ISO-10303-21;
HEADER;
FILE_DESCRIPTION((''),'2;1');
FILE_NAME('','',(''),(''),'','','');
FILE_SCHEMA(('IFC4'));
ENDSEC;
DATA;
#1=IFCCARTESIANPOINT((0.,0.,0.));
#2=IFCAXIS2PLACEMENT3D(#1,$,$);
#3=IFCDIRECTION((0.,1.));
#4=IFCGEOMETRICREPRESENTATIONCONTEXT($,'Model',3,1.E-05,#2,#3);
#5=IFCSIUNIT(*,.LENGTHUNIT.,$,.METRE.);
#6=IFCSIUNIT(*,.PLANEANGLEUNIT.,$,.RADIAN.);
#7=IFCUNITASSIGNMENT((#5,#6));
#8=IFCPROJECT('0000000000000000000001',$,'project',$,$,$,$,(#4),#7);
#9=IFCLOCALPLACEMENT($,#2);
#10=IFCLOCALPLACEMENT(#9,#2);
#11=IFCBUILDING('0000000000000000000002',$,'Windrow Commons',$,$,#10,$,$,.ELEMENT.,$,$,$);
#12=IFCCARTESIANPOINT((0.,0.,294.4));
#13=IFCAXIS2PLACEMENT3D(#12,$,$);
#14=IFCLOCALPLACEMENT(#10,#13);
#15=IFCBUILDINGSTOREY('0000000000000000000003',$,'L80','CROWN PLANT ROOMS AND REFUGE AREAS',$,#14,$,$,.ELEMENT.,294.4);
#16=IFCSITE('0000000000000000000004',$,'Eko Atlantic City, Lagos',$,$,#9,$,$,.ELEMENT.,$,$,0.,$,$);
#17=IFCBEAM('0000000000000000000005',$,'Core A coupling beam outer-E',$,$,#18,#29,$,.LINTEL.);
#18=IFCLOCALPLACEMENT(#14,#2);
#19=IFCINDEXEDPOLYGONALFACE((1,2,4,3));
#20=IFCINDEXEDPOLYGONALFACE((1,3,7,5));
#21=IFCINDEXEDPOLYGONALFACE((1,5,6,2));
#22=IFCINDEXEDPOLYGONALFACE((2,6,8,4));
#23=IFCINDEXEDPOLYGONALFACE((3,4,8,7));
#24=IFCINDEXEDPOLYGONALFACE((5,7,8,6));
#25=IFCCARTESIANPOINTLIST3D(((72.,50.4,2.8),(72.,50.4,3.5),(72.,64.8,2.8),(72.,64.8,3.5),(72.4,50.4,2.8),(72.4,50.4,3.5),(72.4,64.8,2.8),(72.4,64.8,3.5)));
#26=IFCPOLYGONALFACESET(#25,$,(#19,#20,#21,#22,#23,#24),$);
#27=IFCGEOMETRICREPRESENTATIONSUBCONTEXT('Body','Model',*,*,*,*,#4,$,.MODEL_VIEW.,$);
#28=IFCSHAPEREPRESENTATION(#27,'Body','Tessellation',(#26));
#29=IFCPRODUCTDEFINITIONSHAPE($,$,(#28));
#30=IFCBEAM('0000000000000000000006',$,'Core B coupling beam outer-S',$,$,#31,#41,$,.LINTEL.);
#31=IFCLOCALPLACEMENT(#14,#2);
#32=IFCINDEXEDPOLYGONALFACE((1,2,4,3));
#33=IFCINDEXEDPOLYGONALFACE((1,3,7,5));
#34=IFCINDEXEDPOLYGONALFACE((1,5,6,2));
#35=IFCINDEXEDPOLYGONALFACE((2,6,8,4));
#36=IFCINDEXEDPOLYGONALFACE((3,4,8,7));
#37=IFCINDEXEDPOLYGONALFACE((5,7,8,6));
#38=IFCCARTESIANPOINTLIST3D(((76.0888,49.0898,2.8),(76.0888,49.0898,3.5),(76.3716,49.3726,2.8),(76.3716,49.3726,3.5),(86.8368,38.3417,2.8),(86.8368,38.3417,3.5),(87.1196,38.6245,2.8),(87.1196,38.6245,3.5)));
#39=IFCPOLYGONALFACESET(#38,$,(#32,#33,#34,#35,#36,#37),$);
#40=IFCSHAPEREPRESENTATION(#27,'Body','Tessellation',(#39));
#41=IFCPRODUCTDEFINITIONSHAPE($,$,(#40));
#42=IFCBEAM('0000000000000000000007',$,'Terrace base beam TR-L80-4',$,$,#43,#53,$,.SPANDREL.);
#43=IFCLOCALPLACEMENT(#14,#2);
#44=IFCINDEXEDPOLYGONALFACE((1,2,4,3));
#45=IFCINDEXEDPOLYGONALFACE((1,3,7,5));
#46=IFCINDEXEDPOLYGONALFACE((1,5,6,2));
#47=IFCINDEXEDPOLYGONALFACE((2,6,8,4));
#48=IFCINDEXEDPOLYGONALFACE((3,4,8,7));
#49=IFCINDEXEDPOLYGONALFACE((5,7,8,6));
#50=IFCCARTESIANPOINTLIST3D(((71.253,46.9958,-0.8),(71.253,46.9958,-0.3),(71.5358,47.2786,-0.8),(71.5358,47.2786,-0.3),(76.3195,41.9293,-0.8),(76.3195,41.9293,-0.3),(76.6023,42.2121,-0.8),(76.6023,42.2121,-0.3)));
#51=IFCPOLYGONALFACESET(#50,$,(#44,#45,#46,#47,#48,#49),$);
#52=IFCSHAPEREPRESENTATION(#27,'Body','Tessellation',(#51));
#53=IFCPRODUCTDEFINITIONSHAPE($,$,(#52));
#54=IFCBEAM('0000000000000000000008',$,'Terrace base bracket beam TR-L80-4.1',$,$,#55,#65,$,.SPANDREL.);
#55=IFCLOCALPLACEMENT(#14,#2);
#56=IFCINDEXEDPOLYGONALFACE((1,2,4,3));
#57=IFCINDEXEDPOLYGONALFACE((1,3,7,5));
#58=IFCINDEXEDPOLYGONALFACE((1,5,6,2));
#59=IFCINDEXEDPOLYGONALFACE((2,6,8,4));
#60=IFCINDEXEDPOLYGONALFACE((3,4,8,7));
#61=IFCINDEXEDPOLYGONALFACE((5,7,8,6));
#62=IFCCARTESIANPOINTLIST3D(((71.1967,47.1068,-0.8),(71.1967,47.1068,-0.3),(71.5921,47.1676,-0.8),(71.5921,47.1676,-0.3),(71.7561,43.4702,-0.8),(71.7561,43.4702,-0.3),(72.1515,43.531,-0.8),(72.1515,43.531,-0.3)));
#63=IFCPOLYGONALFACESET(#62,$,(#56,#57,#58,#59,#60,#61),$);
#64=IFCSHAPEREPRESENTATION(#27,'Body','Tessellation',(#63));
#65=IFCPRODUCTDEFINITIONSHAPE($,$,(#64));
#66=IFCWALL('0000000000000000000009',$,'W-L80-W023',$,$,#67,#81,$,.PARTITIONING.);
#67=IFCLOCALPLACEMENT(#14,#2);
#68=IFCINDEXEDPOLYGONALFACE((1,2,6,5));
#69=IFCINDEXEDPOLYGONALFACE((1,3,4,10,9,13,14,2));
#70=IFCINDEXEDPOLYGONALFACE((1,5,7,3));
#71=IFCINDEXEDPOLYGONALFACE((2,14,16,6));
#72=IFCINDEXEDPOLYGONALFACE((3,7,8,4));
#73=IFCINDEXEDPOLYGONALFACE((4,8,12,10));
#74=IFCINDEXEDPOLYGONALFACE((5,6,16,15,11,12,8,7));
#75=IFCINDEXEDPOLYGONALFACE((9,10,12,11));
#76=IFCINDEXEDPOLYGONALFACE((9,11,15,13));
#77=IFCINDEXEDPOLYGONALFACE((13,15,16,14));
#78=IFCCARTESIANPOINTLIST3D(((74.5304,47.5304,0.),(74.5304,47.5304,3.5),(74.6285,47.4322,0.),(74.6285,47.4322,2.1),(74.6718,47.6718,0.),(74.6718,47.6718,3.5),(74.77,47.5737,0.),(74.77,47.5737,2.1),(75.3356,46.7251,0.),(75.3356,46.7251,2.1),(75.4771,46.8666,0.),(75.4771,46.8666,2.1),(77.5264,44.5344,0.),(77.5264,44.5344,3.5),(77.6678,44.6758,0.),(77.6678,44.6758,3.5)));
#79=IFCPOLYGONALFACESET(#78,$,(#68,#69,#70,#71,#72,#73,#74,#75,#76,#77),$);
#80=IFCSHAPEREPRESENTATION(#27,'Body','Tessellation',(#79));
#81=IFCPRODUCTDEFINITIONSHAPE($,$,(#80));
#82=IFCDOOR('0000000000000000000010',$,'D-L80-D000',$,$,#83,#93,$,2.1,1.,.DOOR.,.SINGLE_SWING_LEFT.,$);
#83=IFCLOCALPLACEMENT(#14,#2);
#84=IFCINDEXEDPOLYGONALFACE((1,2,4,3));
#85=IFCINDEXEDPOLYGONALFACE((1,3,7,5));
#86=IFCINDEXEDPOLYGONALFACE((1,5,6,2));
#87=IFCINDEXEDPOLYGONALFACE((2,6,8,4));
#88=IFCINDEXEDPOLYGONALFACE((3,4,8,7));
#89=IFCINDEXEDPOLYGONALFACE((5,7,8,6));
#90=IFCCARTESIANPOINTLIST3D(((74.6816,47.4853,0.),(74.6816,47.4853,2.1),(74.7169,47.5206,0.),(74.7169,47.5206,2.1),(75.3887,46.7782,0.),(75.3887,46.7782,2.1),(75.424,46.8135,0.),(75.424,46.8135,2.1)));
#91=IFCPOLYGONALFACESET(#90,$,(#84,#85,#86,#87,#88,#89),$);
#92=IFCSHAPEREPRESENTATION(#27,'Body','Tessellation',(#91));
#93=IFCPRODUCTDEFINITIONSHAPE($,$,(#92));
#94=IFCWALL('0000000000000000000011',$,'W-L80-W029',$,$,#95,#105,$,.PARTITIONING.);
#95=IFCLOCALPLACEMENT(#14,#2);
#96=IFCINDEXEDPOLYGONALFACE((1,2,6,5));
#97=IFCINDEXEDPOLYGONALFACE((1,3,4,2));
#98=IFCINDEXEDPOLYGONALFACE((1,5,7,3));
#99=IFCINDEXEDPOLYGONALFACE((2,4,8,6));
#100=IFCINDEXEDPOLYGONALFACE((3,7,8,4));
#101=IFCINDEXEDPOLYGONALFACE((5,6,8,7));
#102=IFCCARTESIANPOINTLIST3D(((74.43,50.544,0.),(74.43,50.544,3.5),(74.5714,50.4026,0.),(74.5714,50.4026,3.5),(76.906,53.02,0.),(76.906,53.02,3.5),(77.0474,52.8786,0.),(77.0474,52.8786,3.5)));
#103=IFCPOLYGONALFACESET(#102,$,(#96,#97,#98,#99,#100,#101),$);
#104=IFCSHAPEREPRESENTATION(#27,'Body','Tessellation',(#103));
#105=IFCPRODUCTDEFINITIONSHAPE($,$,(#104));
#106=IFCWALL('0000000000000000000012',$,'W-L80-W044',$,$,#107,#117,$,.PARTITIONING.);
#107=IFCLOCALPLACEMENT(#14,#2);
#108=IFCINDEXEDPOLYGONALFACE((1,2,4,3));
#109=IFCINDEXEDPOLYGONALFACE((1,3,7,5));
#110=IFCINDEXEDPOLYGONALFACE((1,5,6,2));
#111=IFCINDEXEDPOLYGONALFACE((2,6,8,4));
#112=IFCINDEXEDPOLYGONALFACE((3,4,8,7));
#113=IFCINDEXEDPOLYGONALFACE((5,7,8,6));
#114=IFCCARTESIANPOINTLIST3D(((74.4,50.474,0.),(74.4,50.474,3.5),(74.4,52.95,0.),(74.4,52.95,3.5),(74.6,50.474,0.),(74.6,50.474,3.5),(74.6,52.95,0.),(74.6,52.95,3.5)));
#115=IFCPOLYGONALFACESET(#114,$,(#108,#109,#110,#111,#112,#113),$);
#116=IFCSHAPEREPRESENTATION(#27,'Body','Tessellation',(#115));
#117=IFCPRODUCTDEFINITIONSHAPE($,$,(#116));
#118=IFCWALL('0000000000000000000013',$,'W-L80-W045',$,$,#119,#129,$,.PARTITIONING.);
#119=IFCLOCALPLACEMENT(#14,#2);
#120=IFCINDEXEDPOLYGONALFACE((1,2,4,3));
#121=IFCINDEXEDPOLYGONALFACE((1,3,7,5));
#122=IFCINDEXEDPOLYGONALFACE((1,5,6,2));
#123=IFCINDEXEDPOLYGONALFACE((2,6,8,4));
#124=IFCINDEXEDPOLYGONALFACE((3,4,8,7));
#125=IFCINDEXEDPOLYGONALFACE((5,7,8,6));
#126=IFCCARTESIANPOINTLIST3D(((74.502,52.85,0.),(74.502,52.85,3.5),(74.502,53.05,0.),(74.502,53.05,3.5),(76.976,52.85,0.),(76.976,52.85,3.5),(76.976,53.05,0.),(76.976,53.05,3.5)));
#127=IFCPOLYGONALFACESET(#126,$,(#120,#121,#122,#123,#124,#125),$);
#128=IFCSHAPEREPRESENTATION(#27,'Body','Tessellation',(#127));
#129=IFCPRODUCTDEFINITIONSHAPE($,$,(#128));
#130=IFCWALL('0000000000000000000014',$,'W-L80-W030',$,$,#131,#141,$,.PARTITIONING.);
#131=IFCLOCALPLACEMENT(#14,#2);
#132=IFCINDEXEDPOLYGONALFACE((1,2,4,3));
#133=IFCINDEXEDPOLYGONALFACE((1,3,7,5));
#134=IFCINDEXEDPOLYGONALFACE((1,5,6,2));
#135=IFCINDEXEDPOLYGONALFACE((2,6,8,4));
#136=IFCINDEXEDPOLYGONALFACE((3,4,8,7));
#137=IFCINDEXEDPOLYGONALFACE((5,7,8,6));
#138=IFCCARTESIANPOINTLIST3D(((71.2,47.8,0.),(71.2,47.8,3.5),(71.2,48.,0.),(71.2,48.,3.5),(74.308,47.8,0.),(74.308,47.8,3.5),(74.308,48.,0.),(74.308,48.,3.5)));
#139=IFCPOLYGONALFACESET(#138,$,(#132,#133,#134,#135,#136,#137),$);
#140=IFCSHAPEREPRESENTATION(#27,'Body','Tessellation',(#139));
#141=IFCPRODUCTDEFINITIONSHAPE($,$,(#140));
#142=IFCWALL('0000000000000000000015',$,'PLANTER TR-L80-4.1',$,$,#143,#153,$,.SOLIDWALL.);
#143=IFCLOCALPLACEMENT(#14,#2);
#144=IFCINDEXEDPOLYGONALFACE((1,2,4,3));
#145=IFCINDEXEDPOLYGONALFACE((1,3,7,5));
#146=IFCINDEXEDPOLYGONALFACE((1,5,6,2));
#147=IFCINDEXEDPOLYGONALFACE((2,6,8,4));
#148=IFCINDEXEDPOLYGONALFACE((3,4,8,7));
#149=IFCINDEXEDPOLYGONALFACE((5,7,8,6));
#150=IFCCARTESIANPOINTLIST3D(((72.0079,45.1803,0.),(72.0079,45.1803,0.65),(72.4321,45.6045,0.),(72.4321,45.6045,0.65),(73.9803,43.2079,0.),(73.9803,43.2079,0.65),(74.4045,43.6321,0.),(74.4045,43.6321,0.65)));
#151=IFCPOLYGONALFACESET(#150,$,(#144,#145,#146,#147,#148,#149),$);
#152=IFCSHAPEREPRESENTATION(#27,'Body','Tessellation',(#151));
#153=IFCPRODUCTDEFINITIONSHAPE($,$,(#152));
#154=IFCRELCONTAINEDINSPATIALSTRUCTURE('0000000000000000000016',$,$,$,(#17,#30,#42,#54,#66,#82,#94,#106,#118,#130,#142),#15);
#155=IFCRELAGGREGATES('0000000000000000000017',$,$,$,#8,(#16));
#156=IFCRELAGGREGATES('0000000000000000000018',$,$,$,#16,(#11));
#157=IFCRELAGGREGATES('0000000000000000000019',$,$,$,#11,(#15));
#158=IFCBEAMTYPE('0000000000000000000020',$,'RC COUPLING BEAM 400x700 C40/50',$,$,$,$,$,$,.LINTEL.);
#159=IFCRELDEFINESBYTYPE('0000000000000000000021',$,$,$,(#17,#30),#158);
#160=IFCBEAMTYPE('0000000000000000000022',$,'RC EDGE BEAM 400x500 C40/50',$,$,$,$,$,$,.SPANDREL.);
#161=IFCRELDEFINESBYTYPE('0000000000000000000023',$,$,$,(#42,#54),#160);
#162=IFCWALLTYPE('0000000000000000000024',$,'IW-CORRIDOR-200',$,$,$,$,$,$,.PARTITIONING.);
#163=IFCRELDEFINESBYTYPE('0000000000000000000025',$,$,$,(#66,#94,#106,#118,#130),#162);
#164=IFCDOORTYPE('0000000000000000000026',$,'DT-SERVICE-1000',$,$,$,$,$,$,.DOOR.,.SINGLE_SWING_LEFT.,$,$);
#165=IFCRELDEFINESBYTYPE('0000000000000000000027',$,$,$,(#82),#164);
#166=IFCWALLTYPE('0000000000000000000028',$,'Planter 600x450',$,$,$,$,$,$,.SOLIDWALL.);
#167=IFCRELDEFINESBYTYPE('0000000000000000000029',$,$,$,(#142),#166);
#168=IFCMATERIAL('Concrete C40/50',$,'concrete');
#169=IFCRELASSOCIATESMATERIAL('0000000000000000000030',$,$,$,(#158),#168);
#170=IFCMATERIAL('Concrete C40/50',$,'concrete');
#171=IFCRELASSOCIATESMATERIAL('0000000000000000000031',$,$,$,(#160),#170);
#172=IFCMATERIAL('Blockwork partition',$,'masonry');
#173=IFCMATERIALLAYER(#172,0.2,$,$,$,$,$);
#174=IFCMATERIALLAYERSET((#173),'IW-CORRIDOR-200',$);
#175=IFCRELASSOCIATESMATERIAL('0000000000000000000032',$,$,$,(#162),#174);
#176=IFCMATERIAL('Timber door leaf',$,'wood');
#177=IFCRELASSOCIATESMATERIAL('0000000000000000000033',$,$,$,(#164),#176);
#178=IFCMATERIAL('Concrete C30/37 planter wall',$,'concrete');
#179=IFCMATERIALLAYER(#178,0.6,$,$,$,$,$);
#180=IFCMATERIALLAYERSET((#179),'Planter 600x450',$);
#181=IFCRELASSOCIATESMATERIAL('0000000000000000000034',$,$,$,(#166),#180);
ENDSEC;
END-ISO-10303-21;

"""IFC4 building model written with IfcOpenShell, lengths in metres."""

from ifc_helpers import new_model, si_unit, direction, frame, frame_2d, origin, origin_2d, place, context, subcontext, project, spatial, polyline, rectangle, outline, extrude, material, layer, layer_set, material_profile, profile_set, type_object, element, fill, save


model = new_model("IFC4")

# Units and contexts
model_context = context("Model", 3, precision=1e-05, world=origin(), true_north=direction((0.0, 1.0)))
body_context = subcontext(model_context, "Body", "Model", "MODEL_VIEW")
ifc_project = project(units=[si_unit("LENGTHUNIT", "METRE"), si_unit("PLANEANGLEUNIT", "RADIAN")], contexts=[model_context])

# Site, building, storey
site_placement = place(None, origin())
site = spatial("IfcSite", under=ifc_project, at=site_placement, Name="Eko Atlantic City, Lagos", CompositionType="ELEMENT", RefElevation=0.0)
building_placement = place(site_placement, origin())
building = spatial("IfcBuilding", under=site, at=building_placement, Name="Windrow Commons", CompositionType="ELEMENT")
storey_placement = place(building_placement, frame((0.0, 0.0, 294.4)))
storey = spatial("IfcBuildingStorey", under=building, at=storey_placement, Name="L80", Description="CROWN PLANT ROOMS AND REFUGE AREAS", CompositionType="ELEMENT", Elevation=294.4)

# Beams
ifc_material_1 = material(Name="Concrete C40/50", Category="concrete")
ifc_material_profile_1 = material_profile(ifc_material_1, rectangle(XDim=0.4, YDim=0.7, at=origin_2d()))
ifc_profile_set_1 = profile_set([ifc_material_profile_1], Name="Concrete C40/50")
beam_type_1 = type_object("IfcBeamType", Name="RC COUPLING BEAM 400x700 C40/50", PredefinedType="LINTEL", material=ifc_profile_set_1)
beam_1_placement = place(storey_placement, frame((72.2, 50.4, 3.15), z_axis=(0.0, 1.0, 0.0), x_axis=(-1.0, 0.0, 0.0)))
element("IfcBeam", 1, at=beam_1_placement, inside=storey, type_object=beam_type_1, Name="Core A coupling beam outer-E", PredefinedType="LINTEL", context=body_context, shape_type="SweptSolid", body=[
    extrude(rectangle(XDim=0.4, YDim=0.7, at=origin_2d()), origin(), (0.0, 0.0, 1.0), 14.4),
])
beam_2_placement = place(storey_placement, frame((76.2302, 49.2312, 3.15), z_axis=(0.707103, -0.70711, 0.0), x_axis=(0.70711, 0.707103, 0.0)))
element("IfcBeam", 2, at=beam_2_placement, inside=storey, type_object=beam_type_1, Name="Core B coupling beam outer-S", PredefinedType="LINTEL", context=body_context, shape_type="SweptSolid", body=[
    extrude(rectangle(XDim=0.4, YDim=0.7, at=origin_2d()), origin(), (0.0, 0.0, 1.0), 15.2),
])
ifc_material_2 = material(Name="Concrete C40/50", Category="concrete")
ifc_material_profile_2 = material_profile(ifc_material_2, rectangle(XDim=0.4, YDim=0.5, at=origin_2d()))
ifc_profile_set_2 = profile_set([ifc_material_profile_2], Name="Concrete C40/50")
beam_type_2 = type_object("IfcBeamType", Name="RC EDGE BEAM 400x500 C40/50", PredefinedType="SPANDREL", material=ifc_profile_set_2)
beam_3_placement = place(storey_placement, frame((71.3944, 47.1372, -0.55), z_axis=(0.707107, -0.707107, 0.0), x_axis=(0.707107, 0.707107, 0.0)))
element("IfcBeam", 3, at=beam_3_placement, inside=storey, type_object=beam_type_2, Name="Terrace base beam TR-L80-4", PredefinedType="SPANDREL", context=body_context, shape_type="SweptSolid", body=[
    extrude(rectangle(XDim=0.4, YDim=0.5, at=origin_2d()), origin(), (0.0, 0.0, 1.0), 7.1651),
])
beam_4_placement = place(storey_placement, frame((71.9538, 43.5006, -0.55), z_axis=(-0.152037, 0.988375, 0.0), x_axis=(-0.988375, -0.152037, 0.0)))
element("IfcBeam", 4, at=beam_4_placement, inside=storey, type_object=beam_type_2, Name="Terrace base bracket beam TR-L80-4.1", PredefinedType="SPANDREL", context=body_context, shape_type="SweptSolid", body=[
    extrude(rectangle(XDim=0.4, YDim=0.5, at=origin_2d()), origin(), (0.0, 0.0, 1.0), 3.6794),
])

# Wall, opening, door
ifc_material_3 = material(Name="Blockwork partition", Category="masonry")
ifc_layer_1 = layer(ifc_material_3, 0.2)
ifc_layer_set_1 = layer_set([ifc_layer_1], Name="IW-CORRIDOR-200")
wall_type_1 = type_object("IfcWallType", Name="IW-CORRIDOR-200", PredefinedType="PARTITIONING", material=ifc_layer_set_1)
wall_1_placement = place(storey_placement, frame((74.6011, 47.6011, 0.0), z_axis=(0.0, 0.0, 1.0), x_axis=(0.707107, -0.707107, 0.0)))
wall_1 = element("IfcWall", 5, at=wall_1_placement, inside=storey, type_object=wall_type_1, Name="W-L80-W023", PredefinedType="PARTITIONING", context=body_context, shape_type="SweptSolid", body=[
    extrude(rectangle(XDim=4.237, YDim=0.2, at=frame_2d((2.1185, 0.0))), origin(), (0.0, 0.0, 1.0), 3.5),
])
opening_1_placement = place(wall_1_placement, frame((0.1388, 0.0, 0.0)))
opening_1 = element("IfcOpeningElement", 6, at=opening_1_placement, cuts=wall_1, PredefinedType="OPENING", context=body_context, shape_type="SweptSolid", body=[
    extrude(rectangle(XDim=1.0, YDim=2.1, at=frame_2d((0.5, 1.05))), frame((0.0, 0.11, 0.0), z_axis=(0.0, -1.0, 0.0), x_axis=(1.0, 0.0, 0.0)), (0.0, 0.0, 1.0), 0.22),
])
ifc_material_4 = material(Name="Timber door leaf", Category="wood")
door_type_1 = type_object("IfcDoorType", Name="DT-SERVICE-1000", OperationType="SINGLE_SWING_LEFT", PredefinedType="DOOR", material=ifc_material_4)
door_1_placement = place(opening_1_placement, origin())
door_1 = element("IfcDoor", 7, at=door_1_placement, inside=storey, type_object=door_type_1, Name="D-L80-D000", OperationType="SINGLE_SWING_LEFT", OverallHeight=2.1, OverallWidth=1.0, PredefinedType="DOOR", context=body_context, shape_type="SweptSolid", body=[
    extrude(rectangle(XDim=1.0, YDim=2.1, at=frame_2d((0.5, 1.05))), frame((0.0, 0.025, 0.0), z_axis=(0.0, -1.0, 0.0), x_axis=(1.0, 0.0, 0.0)), (0.0, 0.0, 1.0), 0.05),
])
fill(opening_1, door_1)

# Walls
wall_2_placement = place(storey_placement, frame((74.5007, 50.4733, 0.0), z_axis=(0.0, 0.0, 1.0), x_axis=(0.707107, 0.707107, 0.0)))
element("IfcWall", 8, at=wall_2_placement, inside=storey, type_object=wall_type_1, Name="W-L80-W029", PredefinedType="PARTITIONING", context=body_context, shape_type="SweptSolid", body=[
    extrude(rectangle(XDim=3.5016, YDim=0.2, at=frame_2d((1.7508, 0.0))), origin(), (0.0, 0.0, 1.0), 3.5),
])
wall_3_placement = place(storey_placement, frame((74.5, 50.474, 0.0), z_axis=(0.0, 0.0, 1.0), x_axis=(0.0, 1.0, 0.0)))
element("IfcWall", 9, at=wall_3_placement, inside=storey, type_object=wall_type_1, Name="W-L80-W044", PredefinedType="PARTITIONING", context=body_context, shape_type="SweptSolid", body=[
    extrude(rectangle(XDim=2.476, YDim=0.2, at=frame_2d((1.238, 0.0))), origin(), (0.0, 0.0, 1.0), 3.5),
])
wall_4_placement = place(storey_placement, frame((74.502, 52.95, 0.0), z_axis=(0.0, 0.0, 1.0), x_axis=(1.0, 0.0, 0.0)))
element("IfcWall", 10, at=wall_4_placement, inside=storey, type_object=wall_type_1, Name="W-L80-W045", PredefinedType="PARTITIONING", context=body_context, shape_type="SweptSolid", body=[
    extrude(rectangle(XDim=2.474, YDim=0.2, at=frame_2d((1.237, 0.0))), origin(), (0.0, 0.0, 1.0), 3.5),
])
wall_5_placement = place(storey_placement, frame((71.2, 47.9, 0.0), z_axis=(0.0, 0.0, 1.0), x_axis=(1.0, 0.0, 0.0)))
element("IfcWall", 11, at=wall_5_placement, inside=storey, type_object=wall_type_1, Name="W-L80-W030", PredefinedType="PARTITIONING", context=body_context, shape_type="SweptSolid", body=[
    extrude(outline(polyline([(0.0, -0.1), (3.108, -0.1), (3.108, 0.1), (0.0, 0.1), (0.0, -0.1)])), origin(), (0.0, 0.0, 1.0), 3.5),
])
ifc_material_5 = material(Name="Concrete C30/37 planter wall", Category="concrete")
ifc_layer_2 = layer(ifc_material_5, 0.6)
ifc_layer_set_2 = layer_set([ifc_layer_2], Name="Planter 600x450")
wall_type_2 = type_object("IfcWallType", Name="Planter 600x450", PredefinedType="SOLIDWALL", material=ifc_layer_set_2)
wall_6_placement = place(storey_placement, frame((74.1924, 43.42, 0.0), z_axis=(0.0, 0.0, 1.0), x_axis=(-0.707107, 0.707107, 0.0)))
element("IfcWall", 12, at=wall_6_placement, inside=storey, type_object=wall_type_2, Name="PLANTER TR-L80-4.1", PredefinedType="SOLIDWALL", context=body_context, shape_type="SweptSolid", body=[
    extrude(outline(polyline([(0.0, -0.3), (2.7894, -0.3), (2.7894, 0.3), (0.0, 0.3), (0.0, -0.3)])), origin(), (0.0, 0.0, 1.0), 0.65),
])

save(model, "model.ifc")
